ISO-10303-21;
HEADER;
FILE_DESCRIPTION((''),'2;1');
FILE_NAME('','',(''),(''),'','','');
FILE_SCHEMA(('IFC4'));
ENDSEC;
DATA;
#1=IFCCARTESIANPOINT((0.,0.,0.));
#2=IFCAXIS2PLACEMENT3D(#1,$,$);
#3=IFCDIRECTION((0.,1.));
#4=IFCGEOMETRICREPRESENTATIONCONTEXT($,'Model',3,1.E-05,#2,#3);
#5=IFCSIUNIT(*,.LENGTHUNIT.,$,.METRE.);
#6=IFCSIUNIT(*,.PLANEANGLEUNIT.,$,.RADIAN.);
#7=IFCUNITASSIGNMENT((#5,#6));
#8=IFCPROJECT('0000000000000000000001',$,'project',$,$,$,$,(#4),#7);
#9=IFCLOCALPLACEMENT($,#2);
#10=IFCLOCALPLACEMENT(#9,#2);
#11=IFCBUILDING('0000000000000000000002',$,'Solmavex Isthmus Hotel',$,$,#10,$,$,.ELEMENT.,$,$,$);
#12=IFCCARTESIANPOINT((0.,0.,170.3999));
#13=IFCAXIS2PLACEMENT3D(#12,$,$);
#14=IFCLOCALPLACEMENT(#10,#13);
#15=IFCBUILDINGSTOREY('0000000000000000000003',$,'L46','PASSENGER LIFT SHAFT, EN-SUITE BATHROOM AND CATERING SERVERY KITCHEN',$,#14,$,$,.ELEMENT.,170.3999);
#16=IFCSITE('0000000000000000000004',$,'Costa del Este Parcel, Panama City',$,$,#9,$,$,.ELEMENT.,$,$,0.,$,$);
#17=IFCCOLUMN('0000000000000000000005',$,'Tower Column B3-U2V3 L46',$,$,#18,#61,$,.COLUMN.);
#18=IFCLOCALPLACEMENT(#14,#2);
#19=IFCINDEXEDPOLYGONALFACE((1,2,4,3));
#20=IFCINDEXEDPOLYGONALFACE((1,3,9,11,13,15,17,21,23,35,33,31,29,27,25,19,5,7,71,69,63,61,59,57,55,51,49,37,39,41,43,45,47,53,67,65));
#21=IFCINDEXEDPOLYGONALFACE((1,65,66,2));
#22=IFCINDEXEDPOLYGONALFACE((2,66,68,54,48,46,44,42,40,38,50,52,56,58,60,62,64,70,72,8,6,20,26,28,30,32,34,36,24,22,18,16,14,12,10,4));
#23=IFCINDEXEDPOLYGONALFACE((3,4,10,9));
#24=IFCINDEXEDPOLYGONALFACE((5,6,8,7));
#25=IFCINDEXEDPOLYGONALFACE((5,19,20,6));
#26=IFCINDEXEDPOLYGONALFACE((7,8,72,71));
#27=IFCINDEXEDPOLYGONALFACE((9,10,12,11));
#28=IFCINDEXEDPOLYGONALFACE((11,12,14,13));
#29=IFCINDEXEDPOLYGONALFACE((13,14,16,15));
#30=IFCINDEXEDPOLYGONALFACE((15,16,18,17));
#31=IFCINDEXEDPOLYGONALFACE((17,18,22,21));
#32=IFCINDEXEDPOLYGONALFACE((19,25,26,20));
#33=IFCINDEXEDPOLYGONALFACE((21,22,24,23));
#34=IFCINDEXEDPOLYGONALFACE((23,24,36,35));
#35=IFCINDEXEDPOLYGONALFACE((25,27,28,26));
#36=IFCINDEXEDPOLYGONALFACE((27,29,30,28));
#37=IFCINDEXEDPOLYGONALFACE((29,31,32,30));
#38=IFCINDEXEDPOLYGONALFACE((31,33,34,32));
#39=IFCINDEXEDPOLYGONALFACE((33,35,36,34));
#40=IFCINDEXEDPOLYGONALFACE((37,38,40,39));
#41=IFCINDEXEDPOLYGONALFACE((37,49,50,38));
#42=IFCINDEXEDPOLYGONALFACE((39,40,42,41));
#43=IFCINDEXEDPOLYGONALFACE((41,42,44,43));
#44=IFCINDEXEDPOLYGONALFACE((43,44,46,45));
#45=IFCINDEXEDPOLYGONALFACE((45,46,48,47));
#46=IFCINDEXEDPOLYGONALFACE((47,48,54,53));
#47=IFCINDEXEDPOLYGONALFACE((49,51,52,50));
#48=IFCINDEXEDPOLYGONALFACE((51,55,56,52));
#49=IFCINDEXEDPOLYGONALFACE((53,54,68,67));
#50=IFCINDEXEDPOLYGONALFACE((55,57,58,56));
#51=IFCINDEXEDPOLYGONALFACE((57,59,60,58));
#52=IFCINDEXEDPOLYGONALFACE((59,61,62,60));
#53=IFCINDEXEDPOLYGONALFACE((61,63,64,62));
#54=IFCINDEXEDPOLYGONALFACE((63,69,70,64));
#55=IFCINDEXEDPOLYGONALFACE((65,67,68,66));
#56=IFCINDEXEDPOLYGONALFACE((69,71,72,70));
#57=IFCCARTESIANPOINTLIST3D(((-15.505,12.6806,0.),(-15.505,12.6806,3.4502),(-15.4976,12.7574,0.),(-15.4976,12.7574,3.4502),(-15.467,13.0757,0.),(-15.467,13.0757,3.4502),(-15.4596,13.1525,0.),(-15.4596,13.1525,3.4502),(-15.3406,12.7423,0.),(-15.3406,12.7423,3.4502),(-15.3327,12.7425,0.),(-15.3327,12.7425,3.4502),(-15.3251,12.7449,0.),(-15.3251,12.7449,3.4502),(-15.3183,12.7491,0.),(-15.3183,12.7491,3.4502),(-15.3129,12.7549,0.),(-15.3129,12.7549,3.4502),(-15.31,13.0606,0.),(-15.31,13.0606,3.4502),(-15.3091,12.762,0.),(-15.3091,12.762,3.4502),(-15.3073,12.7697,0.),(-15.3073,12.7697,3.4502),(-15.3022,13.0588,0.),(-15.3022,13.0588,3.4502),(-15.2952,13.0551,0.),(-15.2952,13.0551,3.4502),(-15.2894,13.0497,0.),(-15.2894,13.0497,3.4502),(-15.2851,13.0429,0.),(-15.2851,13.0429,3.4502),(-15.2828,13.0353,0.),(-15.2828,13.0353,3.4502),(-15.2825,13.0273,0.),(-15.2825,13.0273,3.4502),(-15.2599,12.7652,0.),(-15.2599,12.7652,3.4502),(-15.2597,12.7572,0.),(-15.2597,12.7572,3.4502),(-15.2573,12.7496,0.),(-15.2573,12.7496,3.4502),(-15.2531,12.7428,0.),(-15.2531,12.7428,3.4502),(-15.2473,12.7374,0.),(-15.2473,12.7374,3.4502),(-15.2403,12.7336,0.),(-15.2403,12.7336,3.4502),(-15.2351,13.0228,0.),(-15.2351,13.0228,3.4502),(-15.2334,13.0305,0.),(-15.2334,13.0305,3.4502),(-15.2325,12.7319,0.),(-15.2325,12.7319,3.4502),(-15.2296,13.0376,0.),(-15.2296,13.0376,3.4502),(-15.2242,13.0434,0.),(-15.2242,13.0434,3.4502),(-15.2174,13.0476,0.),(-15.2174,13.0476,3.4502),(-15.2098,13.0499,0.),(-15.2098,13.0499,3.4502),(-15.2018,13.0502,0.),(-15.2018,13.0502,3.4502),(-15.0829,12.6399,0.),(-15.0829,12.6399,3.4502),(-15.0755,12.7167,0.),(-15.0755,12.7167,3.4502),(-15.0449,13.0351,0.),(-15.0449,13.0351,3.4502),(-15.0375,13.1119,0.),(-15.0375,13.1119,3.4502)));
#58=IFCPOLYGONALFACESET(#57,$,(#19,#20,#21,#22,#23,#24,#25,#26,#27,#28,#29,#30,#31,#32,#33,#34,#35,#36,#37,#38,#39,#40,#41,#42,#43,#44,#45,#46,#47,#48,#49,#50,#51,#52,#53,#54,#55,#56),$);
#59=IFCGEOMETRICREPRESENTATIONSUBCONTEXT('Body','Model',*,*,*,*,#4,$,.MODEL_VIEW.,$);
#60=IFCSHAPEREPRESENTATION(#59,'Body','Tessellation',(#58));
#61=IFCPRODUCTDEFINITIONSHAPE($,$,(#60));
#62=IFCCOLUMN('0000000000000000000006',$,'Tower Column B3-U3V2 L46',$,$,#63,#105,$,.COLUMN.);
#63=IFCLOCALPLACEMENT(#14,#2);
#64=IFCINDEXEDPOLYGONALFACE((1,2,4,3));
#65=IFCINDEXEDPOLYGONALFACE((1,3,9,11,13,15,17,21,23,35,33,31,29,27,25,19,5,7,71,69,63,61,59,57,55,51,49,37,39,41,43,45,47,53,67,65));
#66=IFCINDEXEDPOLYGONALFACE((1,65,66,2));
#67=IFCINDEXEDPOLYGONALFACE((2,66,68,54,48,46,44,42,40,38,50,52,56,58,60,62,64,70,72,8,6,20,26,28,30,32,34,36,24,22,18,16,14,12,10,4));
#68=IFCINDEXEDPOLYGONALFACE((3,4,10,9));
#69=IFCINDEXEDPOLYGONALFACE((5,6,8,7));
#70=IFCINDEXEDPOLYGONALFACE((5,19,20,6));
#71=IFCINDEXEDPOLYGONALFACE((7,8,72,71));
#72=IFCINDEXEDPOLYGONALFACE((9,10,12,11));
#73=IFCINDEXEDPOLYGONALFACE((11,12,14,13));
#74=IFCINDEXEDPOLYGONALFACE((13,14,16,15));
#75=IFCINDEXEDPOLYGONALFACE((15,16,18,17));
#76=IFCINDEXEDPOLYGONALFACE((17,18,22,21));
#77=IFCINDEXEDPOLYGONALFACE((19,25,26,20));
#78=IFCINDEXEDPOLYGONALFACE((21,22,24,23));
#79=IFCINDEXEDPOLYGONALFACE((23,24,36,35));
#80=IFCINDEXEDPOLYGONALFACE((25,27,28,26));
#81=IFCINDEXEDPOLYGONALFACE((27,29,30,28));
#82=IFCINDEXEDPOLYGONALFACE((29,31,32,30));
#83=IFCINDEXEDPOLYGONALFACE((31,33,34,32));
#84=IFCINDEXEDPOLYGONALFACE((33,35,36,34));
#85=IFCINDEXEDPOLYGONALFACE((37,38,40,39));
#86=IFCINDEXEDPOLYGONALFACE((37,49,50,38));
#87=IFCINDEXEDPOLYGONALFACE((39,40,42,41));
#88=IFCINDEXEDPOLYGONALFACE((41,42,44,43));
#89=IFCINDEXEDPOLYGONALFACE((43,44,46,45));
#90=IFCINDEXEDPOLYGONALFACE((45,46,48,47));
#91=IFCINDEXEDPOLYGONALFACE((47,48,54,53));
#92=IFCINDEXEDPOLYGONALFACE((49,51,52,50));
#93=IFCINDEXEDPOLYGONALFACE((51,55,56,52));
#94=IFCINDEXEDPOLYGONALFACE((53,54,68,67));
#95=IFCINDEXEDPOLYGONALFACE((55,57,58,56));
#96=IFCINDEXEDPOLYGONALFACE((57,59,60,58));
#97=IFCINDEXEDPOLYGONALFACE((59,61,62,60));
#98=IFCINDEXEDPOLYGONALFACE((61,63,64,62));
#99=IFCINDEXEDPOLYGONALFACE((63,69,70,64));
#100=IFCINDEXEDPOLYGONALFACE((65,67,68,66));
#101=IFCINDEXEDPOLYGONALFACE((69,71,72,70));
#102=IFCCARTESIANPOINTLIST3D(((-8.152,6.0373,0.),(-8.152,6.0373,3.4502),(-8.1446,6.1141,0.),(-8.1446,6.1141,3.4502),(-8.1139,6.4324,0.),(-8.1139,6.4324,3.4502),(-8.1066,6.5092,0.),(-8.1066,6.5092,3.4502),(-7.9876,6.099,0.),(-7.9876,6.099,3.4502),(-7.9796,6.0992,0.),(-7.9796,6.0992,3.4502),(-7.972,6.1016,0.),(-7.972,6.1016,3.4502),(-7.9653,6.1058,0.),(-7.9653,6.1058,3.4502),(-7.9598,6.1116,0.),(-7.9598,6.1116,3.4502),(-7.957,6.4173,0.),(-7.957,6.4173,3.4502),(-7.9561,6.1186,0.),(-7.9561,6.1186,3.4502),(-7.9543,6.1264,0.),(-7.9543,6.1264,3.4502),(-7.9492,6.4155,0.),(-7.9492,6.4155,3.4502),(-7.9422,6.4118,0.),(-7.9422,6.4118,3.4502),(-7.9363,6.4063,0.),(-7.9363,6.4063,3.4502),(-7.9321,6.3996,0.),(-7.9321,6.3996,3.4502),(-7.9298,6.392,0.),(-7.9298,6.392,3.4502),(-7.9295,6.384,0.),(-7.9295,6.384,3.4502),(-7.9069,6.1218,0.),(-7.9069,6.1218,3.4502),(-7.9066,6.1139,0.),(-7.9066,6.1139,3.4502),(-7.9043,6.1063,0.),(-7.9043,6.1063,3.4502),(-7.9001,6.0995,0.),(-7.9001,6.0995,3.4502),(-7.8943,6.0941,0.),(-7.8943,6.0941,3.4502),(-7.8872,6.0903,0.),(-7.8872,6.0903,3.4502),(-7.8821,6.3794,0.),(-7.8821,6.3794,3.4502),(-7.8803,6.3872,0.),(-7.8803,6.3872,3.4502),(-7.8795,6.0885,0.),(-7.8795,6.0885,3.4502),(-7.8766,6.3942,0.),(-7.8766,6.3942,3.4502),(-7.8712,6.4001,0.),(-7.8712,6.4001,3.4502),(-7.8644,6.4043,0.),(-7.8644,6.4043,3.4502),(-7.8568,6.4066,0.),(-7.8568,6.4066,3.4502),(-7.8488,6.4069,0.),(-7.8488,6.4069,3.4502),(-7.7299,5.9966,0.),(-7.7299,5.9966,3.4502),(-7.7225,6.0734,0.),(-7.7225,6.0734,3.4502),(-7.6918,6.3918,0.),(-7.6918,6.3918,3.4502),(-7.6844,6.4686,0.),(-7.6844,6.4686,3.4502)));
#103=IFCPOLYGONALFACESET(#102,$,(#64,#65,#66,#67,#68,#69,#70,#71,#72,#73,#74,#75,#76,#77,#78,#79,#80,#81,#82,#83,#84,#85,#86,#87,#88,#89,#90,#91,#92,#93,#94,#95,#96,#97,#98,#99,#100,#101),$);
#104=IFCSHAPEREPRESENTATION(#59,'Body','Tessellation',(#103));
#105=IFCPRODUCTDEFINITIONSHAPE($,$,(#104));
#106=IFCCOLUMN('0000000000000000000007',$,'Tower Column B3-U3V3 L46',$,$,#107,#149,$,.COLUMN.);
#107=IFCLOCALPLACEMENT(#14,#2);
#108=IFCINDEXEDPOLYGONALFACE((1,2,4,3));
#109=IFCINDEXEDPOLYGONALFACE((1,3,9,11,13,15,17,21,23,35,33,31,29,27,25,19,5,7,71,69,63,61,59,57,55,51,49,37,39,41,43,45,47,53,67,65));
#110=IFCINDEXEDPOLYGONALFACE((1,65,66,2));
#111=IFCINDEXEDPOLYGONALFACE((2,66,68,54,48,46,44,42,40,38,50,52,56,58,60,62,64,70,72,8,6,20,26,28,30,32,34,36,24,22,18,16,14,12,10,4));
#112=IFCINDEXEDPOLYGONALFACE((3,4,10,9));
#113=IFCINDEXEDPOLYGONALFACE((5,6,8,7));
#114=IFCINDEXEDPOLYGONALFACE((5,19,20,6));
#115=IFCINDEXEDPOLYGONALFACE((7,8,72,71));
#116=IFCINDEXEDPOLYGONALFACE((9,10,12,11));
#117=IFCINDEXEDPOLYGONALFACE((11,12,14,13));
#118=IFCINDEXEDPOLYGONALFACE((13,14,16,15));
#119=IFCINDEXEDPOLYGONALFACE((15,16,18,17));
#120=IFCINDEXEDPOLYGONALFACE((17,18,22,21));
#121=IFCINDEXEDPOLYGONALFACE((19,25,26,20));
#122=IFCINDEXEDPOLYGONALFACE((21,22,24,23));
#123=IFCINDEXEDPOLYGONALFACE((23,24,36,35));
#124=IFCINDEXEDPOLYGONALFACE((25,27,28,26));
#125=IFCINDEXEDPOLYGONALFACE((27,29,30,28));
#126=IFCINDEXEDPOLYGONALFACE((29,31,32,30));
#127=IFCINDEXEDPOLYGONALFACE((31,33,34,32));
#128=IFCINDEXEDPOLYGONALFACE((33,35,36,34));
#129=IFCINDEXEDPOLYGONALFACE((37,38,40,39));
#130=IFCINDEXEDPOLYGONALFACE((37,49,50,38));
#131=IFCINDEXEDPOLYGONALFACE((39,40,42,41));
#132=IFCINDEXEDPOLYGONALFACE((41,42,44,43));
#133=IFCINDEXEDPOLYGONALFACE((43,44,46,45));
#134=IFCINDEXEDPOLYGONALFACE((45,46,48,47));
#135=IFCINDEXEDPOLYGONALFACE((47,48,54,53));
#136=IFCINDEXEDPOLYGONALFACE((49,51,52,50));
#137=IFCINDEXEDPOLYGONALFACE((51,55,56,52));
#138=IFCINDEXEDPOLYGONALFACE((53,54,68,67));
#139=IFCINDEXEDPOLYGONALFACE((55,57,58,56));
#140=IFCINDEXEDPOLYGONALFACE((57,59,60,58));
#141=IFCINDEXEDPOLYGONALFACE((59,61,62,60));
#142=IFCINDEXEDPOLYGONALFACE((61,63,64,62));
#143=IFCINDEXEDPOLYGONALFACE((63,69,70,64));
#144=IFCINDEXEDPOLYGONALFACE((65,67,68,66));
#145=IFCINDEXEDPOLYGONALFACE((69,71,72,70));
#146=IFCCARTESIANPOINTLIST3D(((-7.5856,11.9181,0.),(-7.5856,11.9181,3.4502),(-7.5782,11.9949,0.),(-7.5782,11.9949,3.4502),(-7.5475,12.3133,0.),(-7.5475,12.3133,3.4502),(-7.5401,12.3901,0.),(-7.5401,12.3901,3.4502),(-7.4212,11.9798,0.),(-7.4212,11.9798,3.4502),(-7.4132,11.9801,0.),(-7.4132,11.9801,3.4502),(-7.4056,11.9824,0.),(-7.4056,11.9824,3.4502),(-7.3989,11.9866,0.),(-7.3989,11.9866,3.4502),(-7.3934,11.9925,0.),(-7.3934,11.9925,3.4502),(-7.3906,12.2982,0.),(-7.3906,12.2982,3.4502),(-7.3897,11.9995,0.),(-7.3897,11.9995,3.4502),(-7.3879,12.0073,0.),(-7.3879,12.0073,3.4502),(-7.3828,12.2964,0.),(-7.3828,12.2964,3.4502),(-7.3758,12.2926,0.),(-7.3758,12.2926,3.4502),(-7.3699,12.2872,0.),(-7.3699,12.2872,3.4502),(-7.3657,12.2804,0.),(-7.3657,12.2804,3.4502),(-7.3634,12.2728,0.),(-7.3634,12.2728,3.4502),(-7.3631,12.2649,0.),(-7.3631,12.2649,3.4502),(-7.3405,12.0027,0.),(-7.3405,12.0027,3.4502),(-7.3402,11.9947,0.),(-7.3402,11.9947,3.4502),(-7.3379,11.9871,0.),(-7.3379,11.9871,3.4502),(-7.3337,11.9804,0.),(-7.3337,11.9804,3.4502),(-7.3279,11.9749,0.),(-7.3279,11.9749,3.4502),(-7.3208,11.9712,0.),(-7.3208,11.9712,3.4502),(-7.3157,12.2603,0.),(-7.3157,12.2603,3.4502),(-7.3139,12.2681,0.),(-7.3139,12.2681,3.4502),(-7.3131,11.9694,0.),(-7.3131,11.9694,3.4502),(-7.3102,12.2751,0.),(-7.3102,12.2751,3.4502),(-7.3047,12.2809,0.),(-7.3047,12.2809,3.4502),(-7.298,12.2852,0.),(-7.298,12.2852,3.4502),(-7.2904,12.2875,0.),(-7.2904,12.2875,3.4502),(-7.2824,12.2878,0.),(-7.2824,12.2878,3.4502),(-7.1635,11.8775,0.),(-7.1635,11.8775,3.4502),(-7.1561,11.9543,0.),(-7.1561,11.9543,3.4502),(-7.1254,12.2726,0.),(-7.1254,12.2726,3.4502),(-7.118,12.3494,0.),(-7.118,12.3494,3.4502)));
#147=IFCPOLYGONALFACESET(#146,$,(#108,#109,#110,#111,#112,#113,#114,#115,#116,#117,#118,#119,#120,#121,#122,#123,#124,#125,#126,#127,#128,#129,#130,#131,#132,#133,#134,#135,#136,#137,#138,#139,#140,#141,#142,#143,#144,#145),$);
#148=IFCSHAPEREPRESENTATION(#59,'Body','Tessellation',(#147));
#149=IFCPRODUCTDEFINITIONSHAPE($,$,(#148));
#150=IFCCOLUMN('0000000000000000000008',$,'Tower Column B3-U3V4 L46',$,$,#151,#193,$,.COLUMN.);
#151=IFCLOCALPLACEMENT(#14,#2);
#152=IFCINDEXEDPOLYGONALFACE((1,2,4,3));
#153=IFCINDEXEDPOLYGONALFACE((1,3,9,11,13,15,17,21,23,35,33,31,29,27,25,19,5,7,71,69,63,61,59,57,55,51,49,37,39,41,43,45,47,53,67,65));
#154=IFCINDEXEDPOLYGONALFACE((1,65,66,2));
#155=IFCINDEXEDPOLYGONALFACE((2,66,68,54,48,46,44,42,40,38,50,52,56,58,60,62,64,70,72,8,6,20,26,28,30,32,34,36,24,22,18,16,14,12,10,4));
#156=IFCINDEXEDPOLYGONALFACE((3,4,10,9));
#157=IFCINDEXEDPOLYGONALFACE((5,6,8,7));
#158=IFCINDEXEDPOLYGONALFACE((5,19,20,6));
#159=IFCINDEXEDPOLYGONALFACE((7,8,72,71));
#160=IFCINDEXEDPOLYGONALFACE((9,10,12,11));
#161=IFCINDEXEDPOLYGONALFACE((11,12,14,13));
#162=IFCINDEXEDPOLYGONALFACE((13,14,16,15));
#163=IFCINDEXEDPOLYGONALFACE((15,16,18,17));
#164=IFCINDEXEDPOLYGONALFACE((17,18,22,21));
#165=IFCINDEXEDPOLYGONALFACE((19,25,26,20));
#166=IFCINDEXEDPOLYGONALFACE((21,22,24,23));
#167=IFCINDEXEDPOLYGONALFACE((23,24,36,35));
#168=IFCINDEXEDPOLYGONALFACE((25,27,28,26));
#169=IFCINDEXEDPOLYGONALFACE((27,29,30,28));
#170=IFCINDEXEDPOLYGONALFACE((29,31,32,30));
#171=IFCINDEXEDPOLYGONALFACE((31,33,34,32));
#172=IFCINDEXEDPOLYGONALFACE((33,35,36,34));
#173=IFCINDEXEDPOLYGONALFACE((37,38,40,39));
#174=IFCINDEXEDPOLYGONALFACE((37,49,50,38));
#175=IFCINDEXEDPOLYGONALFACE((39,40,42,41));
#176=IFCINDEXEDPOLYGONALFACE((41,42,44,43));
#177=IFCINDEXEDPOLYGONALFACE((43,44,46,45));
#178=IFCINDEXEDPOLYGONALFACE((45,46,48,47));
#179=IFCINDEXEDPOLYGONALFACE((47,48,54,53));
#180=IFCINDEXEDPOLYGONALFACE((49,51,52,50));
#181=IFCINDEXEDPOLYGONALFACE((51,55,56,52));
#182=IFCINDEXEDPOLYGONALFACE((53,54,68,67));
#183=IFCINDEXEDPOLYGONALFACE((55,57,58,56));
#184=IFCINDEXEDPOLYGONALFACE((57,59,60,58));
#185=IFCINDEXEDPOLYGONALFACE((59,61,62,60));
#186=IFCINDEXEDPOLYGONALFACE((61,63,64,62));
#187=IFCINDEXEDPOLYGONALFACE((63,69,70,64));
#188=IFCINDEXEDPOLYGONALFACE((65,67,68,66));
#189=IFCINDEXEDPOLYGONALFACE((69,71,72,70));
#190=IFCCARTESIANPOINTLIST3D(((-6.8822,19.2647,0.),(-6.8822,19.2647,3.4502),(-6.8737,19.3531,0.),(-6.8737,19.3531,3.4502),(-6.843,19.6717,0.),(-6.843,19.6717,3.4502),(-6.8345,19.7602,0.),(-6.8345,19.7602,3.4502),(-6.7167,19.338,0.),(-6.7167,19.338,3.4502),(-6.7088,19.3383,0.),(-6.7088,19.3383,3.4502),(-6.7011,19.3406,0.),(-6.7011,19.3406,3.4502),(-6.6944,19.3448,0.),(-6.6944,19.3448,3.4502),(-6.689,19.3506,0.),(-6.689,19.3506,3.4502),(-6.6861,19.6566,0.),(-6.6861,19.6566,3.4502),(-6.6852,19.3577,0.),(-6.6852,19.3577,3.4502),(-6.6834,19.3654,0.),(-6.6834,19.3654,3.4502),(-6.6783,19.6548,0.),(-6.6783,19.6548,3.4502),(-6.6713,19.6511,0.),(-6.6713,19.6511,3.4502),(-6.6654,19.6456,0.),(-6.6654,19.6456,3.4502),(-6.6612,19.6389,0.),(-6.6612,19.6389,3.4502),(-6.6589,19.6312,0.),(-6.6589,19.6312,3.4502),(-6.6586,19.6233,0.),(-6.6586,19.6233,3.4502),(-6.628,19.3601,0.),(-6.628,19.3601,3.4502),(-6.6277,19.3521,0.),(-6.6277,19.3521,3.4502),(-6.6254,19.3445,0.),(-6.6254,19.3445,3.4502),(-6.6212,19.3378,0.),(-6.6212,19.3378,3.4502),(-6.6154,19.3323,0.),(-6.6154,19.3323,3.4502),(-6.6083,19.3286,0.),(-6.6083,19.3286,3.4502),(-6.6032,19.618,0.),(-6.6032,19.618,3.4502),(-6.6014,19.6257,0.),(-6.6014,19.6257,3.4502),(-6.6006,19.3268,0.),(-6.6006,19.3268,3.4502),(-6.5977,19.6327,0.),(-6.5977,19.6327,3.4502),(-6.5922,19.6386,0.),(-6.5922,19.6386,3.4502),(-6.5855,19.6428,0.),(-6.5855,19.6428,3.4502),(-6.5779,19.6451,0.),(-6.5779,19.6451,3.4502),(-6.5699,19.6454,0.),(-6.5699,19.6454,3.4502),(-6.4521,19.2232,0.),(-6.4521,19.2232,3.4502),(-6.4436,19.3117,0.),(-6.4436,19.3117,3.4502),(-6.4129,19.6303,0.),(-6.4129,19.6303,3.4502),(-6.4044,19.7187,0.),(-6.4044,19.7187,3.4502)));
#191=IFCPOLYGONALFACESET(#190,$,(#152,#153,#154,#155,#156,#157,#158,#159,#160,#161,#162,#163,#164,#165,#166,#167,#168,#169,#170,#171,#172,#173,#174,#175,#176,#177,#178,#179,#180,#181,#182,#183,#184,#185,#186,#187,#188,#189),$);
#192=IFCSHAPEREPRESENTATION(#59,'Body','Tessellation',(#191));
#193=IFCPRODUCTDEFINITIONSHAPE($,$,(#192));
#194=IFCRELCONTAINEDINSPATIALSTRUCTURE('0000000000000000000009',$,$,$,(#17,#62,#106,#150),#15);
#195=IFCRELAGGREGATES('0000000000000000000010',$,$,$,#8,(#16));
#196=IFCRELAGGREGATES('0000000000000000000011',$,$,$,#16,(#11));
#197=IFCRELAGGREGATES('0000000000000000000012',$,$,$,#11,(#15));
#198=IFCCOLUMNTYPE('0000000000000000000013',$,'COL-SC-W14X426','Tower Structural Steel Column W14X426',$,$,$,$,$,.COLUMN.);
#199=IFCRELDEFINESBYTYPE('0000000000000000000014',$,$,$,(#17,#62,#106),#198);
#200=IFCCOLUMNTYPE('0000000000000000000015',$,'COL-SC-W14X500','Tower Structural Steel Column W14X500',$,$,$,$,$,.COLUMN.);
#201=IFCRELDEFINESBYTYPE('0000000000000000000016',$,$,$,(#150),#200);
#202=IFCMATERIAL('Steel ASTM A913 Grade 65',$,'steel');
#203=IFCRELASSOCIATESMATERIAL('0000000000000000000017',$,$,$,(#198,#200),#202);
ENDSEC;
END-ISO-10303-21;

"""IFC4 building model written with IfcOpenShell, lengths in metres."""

from ifc_helpers import new_model, si_unit, direction, frame, origin, origin_2d, place, context, subcontext, project, spatial, i_section, extrude, material, material_profile, profile_set, type_object, element, save


model = new_model("IFC4")

# Units and contexts
model_context = context("Model", 3, precision=1e-05, world=origin(), true_north=direction((0.0, 1.0)))
body_context = subcontext(model_context, "Body", "Model", "MODEL_VIEW")
ifc_project = project(units=[si_unit("LENGTHUNIT", "METRE"), si_unit("PLANEANGLEUNIT", "RADIAN")], contexts=[model_context])

# Site, building, storey
site_placement = place(None, origin())
site = spatial("IfcSite", under=ifc_project, at=site_placement, Name="Costa del Este Parcel, Panama City", CompositionType="ELEMENT", RefElevation=0.0)
building_placement = place(site_placement, origin())
building = spatial("IfcBuilding", under=site, at=building_placement, Name="Solmavex Isthmus Hotel", CompositionType="ELEMENT")
storey_placement = place(building_placement, frame((0.0, 0.0, 170.3999)))
storey = spatial("IfcBuildingStorey", under=building, at=storey_placement, Name="L46", Description="PASSENGER LIFT SHAFT, EN-SUITE BATHROOM AND CATERING SERVERY KITCHEN", CompositionType="ELEMENT", Elevation=170.3999)

# Columns
ifc_material_1 = material(Name="Steel ASTM A913 Grade 65", Category="steel")
ifc_material_profile_1 = material_profile(ifc_material_1, i_section(OverallWidth=0.4241, OverallDepth=0.4741, WebThickness=0.0476, FlangeThickness=0.0771, FilletRadius=0.0305, at=origin_2d()), Name="W14X426")
ifc_profile_set_1 = profile_set([ifc_material_profile_1], Name="Steel ASTM A913 Grade 65")
column_type_1 = type_object("IfcColumnType", Name="COL-SC-W14X426", Description="Tower Structural Steel Column W14X426", PredefinedType="COLUMN", material=ifc_profile_set_1)
for number, where, z_axis, x_axis, name in (
    (1, (-15.2712, 12.8962, 0.0), (0.0, 0.0, 1.0), (0.995396, -0.095846, 0.0), "Tower Column B3-U2V3 L46"),
    (2, (-7.9182, 6.2529, 0.0), (0.0, 0.0, 1.0), (0.995396, -0.095846, 0.0), "Tower Column B3-U3V2 L46"),
    (3, (-7.3518, 12.1338, 0.0), (0.0, 0.0, 1.0), (0.995396, -0.095846, 0.0), "Tower Column B3-U3V3 L46"),
):
    element("IfcColumn", number, at=place(storey_placement, frame(where, z_axis=z_axis, x_axis=x_axis)), inside=storey, type_object=column_type_1, Name=name, PredefinedType="COLUMN", context=body_context, shape_type="SweptSolid", body=[
        extrude(i_section(OverallWidth=0.4241, OverallDepth=0.4741, WebThickness=0.0476, FlangeThickness=0.0771, FilletRadius=0.0305, at=origin_2d()), origin(), (0.0, 0.0, 1.0), 3.4502),
    ])
ifc_material_profile_2 = material_profile(ifc_material_1, i_section(OverallWidth=0.4321, OverallDepth=0.4978, WebThickness=0.0557, FlangeThickness=0.0889, FilletRadius=0.0305, at=origin_2d()), Name="W14X500")
ifc_profile_set_2 = profile_set([ifc_material_profile_2], Name="Steel ASTM A913 Grade 65")
column_type_2 = type_object("IfcColumnType", Name="COL-SC-W14X500", Description="Tower Structural Steel Column W14X500", PredefinedType="COLUMN", material=ifc_profile_set_2)
column_placement = place(storey_placement, frame((-6.6433, 19.4917, 0.0), z_axis=(0.0, 0.0, 1.0), x_axis=(0.995396, -0.095846, 0.0)))
element("IfcColumn", 4, at=column_placement, inside=storey, type_object=column_type_2, Name="Tower Column B3-U3V4 L46", PredefinedType="COLUMN", context=body_context, shape_type="SweptSolid", body=[
    extrude(i_section(OverallWidth=0.4321, OverallDepth=0.4978, WebThickness=0.0557, FlangeThickness=0.0889, FilletRadius=0.0305, at=origin_2d()), origin(), (0.0, 0.0, 1.0), 3.4502),
])

save(model, "model.ifc")
